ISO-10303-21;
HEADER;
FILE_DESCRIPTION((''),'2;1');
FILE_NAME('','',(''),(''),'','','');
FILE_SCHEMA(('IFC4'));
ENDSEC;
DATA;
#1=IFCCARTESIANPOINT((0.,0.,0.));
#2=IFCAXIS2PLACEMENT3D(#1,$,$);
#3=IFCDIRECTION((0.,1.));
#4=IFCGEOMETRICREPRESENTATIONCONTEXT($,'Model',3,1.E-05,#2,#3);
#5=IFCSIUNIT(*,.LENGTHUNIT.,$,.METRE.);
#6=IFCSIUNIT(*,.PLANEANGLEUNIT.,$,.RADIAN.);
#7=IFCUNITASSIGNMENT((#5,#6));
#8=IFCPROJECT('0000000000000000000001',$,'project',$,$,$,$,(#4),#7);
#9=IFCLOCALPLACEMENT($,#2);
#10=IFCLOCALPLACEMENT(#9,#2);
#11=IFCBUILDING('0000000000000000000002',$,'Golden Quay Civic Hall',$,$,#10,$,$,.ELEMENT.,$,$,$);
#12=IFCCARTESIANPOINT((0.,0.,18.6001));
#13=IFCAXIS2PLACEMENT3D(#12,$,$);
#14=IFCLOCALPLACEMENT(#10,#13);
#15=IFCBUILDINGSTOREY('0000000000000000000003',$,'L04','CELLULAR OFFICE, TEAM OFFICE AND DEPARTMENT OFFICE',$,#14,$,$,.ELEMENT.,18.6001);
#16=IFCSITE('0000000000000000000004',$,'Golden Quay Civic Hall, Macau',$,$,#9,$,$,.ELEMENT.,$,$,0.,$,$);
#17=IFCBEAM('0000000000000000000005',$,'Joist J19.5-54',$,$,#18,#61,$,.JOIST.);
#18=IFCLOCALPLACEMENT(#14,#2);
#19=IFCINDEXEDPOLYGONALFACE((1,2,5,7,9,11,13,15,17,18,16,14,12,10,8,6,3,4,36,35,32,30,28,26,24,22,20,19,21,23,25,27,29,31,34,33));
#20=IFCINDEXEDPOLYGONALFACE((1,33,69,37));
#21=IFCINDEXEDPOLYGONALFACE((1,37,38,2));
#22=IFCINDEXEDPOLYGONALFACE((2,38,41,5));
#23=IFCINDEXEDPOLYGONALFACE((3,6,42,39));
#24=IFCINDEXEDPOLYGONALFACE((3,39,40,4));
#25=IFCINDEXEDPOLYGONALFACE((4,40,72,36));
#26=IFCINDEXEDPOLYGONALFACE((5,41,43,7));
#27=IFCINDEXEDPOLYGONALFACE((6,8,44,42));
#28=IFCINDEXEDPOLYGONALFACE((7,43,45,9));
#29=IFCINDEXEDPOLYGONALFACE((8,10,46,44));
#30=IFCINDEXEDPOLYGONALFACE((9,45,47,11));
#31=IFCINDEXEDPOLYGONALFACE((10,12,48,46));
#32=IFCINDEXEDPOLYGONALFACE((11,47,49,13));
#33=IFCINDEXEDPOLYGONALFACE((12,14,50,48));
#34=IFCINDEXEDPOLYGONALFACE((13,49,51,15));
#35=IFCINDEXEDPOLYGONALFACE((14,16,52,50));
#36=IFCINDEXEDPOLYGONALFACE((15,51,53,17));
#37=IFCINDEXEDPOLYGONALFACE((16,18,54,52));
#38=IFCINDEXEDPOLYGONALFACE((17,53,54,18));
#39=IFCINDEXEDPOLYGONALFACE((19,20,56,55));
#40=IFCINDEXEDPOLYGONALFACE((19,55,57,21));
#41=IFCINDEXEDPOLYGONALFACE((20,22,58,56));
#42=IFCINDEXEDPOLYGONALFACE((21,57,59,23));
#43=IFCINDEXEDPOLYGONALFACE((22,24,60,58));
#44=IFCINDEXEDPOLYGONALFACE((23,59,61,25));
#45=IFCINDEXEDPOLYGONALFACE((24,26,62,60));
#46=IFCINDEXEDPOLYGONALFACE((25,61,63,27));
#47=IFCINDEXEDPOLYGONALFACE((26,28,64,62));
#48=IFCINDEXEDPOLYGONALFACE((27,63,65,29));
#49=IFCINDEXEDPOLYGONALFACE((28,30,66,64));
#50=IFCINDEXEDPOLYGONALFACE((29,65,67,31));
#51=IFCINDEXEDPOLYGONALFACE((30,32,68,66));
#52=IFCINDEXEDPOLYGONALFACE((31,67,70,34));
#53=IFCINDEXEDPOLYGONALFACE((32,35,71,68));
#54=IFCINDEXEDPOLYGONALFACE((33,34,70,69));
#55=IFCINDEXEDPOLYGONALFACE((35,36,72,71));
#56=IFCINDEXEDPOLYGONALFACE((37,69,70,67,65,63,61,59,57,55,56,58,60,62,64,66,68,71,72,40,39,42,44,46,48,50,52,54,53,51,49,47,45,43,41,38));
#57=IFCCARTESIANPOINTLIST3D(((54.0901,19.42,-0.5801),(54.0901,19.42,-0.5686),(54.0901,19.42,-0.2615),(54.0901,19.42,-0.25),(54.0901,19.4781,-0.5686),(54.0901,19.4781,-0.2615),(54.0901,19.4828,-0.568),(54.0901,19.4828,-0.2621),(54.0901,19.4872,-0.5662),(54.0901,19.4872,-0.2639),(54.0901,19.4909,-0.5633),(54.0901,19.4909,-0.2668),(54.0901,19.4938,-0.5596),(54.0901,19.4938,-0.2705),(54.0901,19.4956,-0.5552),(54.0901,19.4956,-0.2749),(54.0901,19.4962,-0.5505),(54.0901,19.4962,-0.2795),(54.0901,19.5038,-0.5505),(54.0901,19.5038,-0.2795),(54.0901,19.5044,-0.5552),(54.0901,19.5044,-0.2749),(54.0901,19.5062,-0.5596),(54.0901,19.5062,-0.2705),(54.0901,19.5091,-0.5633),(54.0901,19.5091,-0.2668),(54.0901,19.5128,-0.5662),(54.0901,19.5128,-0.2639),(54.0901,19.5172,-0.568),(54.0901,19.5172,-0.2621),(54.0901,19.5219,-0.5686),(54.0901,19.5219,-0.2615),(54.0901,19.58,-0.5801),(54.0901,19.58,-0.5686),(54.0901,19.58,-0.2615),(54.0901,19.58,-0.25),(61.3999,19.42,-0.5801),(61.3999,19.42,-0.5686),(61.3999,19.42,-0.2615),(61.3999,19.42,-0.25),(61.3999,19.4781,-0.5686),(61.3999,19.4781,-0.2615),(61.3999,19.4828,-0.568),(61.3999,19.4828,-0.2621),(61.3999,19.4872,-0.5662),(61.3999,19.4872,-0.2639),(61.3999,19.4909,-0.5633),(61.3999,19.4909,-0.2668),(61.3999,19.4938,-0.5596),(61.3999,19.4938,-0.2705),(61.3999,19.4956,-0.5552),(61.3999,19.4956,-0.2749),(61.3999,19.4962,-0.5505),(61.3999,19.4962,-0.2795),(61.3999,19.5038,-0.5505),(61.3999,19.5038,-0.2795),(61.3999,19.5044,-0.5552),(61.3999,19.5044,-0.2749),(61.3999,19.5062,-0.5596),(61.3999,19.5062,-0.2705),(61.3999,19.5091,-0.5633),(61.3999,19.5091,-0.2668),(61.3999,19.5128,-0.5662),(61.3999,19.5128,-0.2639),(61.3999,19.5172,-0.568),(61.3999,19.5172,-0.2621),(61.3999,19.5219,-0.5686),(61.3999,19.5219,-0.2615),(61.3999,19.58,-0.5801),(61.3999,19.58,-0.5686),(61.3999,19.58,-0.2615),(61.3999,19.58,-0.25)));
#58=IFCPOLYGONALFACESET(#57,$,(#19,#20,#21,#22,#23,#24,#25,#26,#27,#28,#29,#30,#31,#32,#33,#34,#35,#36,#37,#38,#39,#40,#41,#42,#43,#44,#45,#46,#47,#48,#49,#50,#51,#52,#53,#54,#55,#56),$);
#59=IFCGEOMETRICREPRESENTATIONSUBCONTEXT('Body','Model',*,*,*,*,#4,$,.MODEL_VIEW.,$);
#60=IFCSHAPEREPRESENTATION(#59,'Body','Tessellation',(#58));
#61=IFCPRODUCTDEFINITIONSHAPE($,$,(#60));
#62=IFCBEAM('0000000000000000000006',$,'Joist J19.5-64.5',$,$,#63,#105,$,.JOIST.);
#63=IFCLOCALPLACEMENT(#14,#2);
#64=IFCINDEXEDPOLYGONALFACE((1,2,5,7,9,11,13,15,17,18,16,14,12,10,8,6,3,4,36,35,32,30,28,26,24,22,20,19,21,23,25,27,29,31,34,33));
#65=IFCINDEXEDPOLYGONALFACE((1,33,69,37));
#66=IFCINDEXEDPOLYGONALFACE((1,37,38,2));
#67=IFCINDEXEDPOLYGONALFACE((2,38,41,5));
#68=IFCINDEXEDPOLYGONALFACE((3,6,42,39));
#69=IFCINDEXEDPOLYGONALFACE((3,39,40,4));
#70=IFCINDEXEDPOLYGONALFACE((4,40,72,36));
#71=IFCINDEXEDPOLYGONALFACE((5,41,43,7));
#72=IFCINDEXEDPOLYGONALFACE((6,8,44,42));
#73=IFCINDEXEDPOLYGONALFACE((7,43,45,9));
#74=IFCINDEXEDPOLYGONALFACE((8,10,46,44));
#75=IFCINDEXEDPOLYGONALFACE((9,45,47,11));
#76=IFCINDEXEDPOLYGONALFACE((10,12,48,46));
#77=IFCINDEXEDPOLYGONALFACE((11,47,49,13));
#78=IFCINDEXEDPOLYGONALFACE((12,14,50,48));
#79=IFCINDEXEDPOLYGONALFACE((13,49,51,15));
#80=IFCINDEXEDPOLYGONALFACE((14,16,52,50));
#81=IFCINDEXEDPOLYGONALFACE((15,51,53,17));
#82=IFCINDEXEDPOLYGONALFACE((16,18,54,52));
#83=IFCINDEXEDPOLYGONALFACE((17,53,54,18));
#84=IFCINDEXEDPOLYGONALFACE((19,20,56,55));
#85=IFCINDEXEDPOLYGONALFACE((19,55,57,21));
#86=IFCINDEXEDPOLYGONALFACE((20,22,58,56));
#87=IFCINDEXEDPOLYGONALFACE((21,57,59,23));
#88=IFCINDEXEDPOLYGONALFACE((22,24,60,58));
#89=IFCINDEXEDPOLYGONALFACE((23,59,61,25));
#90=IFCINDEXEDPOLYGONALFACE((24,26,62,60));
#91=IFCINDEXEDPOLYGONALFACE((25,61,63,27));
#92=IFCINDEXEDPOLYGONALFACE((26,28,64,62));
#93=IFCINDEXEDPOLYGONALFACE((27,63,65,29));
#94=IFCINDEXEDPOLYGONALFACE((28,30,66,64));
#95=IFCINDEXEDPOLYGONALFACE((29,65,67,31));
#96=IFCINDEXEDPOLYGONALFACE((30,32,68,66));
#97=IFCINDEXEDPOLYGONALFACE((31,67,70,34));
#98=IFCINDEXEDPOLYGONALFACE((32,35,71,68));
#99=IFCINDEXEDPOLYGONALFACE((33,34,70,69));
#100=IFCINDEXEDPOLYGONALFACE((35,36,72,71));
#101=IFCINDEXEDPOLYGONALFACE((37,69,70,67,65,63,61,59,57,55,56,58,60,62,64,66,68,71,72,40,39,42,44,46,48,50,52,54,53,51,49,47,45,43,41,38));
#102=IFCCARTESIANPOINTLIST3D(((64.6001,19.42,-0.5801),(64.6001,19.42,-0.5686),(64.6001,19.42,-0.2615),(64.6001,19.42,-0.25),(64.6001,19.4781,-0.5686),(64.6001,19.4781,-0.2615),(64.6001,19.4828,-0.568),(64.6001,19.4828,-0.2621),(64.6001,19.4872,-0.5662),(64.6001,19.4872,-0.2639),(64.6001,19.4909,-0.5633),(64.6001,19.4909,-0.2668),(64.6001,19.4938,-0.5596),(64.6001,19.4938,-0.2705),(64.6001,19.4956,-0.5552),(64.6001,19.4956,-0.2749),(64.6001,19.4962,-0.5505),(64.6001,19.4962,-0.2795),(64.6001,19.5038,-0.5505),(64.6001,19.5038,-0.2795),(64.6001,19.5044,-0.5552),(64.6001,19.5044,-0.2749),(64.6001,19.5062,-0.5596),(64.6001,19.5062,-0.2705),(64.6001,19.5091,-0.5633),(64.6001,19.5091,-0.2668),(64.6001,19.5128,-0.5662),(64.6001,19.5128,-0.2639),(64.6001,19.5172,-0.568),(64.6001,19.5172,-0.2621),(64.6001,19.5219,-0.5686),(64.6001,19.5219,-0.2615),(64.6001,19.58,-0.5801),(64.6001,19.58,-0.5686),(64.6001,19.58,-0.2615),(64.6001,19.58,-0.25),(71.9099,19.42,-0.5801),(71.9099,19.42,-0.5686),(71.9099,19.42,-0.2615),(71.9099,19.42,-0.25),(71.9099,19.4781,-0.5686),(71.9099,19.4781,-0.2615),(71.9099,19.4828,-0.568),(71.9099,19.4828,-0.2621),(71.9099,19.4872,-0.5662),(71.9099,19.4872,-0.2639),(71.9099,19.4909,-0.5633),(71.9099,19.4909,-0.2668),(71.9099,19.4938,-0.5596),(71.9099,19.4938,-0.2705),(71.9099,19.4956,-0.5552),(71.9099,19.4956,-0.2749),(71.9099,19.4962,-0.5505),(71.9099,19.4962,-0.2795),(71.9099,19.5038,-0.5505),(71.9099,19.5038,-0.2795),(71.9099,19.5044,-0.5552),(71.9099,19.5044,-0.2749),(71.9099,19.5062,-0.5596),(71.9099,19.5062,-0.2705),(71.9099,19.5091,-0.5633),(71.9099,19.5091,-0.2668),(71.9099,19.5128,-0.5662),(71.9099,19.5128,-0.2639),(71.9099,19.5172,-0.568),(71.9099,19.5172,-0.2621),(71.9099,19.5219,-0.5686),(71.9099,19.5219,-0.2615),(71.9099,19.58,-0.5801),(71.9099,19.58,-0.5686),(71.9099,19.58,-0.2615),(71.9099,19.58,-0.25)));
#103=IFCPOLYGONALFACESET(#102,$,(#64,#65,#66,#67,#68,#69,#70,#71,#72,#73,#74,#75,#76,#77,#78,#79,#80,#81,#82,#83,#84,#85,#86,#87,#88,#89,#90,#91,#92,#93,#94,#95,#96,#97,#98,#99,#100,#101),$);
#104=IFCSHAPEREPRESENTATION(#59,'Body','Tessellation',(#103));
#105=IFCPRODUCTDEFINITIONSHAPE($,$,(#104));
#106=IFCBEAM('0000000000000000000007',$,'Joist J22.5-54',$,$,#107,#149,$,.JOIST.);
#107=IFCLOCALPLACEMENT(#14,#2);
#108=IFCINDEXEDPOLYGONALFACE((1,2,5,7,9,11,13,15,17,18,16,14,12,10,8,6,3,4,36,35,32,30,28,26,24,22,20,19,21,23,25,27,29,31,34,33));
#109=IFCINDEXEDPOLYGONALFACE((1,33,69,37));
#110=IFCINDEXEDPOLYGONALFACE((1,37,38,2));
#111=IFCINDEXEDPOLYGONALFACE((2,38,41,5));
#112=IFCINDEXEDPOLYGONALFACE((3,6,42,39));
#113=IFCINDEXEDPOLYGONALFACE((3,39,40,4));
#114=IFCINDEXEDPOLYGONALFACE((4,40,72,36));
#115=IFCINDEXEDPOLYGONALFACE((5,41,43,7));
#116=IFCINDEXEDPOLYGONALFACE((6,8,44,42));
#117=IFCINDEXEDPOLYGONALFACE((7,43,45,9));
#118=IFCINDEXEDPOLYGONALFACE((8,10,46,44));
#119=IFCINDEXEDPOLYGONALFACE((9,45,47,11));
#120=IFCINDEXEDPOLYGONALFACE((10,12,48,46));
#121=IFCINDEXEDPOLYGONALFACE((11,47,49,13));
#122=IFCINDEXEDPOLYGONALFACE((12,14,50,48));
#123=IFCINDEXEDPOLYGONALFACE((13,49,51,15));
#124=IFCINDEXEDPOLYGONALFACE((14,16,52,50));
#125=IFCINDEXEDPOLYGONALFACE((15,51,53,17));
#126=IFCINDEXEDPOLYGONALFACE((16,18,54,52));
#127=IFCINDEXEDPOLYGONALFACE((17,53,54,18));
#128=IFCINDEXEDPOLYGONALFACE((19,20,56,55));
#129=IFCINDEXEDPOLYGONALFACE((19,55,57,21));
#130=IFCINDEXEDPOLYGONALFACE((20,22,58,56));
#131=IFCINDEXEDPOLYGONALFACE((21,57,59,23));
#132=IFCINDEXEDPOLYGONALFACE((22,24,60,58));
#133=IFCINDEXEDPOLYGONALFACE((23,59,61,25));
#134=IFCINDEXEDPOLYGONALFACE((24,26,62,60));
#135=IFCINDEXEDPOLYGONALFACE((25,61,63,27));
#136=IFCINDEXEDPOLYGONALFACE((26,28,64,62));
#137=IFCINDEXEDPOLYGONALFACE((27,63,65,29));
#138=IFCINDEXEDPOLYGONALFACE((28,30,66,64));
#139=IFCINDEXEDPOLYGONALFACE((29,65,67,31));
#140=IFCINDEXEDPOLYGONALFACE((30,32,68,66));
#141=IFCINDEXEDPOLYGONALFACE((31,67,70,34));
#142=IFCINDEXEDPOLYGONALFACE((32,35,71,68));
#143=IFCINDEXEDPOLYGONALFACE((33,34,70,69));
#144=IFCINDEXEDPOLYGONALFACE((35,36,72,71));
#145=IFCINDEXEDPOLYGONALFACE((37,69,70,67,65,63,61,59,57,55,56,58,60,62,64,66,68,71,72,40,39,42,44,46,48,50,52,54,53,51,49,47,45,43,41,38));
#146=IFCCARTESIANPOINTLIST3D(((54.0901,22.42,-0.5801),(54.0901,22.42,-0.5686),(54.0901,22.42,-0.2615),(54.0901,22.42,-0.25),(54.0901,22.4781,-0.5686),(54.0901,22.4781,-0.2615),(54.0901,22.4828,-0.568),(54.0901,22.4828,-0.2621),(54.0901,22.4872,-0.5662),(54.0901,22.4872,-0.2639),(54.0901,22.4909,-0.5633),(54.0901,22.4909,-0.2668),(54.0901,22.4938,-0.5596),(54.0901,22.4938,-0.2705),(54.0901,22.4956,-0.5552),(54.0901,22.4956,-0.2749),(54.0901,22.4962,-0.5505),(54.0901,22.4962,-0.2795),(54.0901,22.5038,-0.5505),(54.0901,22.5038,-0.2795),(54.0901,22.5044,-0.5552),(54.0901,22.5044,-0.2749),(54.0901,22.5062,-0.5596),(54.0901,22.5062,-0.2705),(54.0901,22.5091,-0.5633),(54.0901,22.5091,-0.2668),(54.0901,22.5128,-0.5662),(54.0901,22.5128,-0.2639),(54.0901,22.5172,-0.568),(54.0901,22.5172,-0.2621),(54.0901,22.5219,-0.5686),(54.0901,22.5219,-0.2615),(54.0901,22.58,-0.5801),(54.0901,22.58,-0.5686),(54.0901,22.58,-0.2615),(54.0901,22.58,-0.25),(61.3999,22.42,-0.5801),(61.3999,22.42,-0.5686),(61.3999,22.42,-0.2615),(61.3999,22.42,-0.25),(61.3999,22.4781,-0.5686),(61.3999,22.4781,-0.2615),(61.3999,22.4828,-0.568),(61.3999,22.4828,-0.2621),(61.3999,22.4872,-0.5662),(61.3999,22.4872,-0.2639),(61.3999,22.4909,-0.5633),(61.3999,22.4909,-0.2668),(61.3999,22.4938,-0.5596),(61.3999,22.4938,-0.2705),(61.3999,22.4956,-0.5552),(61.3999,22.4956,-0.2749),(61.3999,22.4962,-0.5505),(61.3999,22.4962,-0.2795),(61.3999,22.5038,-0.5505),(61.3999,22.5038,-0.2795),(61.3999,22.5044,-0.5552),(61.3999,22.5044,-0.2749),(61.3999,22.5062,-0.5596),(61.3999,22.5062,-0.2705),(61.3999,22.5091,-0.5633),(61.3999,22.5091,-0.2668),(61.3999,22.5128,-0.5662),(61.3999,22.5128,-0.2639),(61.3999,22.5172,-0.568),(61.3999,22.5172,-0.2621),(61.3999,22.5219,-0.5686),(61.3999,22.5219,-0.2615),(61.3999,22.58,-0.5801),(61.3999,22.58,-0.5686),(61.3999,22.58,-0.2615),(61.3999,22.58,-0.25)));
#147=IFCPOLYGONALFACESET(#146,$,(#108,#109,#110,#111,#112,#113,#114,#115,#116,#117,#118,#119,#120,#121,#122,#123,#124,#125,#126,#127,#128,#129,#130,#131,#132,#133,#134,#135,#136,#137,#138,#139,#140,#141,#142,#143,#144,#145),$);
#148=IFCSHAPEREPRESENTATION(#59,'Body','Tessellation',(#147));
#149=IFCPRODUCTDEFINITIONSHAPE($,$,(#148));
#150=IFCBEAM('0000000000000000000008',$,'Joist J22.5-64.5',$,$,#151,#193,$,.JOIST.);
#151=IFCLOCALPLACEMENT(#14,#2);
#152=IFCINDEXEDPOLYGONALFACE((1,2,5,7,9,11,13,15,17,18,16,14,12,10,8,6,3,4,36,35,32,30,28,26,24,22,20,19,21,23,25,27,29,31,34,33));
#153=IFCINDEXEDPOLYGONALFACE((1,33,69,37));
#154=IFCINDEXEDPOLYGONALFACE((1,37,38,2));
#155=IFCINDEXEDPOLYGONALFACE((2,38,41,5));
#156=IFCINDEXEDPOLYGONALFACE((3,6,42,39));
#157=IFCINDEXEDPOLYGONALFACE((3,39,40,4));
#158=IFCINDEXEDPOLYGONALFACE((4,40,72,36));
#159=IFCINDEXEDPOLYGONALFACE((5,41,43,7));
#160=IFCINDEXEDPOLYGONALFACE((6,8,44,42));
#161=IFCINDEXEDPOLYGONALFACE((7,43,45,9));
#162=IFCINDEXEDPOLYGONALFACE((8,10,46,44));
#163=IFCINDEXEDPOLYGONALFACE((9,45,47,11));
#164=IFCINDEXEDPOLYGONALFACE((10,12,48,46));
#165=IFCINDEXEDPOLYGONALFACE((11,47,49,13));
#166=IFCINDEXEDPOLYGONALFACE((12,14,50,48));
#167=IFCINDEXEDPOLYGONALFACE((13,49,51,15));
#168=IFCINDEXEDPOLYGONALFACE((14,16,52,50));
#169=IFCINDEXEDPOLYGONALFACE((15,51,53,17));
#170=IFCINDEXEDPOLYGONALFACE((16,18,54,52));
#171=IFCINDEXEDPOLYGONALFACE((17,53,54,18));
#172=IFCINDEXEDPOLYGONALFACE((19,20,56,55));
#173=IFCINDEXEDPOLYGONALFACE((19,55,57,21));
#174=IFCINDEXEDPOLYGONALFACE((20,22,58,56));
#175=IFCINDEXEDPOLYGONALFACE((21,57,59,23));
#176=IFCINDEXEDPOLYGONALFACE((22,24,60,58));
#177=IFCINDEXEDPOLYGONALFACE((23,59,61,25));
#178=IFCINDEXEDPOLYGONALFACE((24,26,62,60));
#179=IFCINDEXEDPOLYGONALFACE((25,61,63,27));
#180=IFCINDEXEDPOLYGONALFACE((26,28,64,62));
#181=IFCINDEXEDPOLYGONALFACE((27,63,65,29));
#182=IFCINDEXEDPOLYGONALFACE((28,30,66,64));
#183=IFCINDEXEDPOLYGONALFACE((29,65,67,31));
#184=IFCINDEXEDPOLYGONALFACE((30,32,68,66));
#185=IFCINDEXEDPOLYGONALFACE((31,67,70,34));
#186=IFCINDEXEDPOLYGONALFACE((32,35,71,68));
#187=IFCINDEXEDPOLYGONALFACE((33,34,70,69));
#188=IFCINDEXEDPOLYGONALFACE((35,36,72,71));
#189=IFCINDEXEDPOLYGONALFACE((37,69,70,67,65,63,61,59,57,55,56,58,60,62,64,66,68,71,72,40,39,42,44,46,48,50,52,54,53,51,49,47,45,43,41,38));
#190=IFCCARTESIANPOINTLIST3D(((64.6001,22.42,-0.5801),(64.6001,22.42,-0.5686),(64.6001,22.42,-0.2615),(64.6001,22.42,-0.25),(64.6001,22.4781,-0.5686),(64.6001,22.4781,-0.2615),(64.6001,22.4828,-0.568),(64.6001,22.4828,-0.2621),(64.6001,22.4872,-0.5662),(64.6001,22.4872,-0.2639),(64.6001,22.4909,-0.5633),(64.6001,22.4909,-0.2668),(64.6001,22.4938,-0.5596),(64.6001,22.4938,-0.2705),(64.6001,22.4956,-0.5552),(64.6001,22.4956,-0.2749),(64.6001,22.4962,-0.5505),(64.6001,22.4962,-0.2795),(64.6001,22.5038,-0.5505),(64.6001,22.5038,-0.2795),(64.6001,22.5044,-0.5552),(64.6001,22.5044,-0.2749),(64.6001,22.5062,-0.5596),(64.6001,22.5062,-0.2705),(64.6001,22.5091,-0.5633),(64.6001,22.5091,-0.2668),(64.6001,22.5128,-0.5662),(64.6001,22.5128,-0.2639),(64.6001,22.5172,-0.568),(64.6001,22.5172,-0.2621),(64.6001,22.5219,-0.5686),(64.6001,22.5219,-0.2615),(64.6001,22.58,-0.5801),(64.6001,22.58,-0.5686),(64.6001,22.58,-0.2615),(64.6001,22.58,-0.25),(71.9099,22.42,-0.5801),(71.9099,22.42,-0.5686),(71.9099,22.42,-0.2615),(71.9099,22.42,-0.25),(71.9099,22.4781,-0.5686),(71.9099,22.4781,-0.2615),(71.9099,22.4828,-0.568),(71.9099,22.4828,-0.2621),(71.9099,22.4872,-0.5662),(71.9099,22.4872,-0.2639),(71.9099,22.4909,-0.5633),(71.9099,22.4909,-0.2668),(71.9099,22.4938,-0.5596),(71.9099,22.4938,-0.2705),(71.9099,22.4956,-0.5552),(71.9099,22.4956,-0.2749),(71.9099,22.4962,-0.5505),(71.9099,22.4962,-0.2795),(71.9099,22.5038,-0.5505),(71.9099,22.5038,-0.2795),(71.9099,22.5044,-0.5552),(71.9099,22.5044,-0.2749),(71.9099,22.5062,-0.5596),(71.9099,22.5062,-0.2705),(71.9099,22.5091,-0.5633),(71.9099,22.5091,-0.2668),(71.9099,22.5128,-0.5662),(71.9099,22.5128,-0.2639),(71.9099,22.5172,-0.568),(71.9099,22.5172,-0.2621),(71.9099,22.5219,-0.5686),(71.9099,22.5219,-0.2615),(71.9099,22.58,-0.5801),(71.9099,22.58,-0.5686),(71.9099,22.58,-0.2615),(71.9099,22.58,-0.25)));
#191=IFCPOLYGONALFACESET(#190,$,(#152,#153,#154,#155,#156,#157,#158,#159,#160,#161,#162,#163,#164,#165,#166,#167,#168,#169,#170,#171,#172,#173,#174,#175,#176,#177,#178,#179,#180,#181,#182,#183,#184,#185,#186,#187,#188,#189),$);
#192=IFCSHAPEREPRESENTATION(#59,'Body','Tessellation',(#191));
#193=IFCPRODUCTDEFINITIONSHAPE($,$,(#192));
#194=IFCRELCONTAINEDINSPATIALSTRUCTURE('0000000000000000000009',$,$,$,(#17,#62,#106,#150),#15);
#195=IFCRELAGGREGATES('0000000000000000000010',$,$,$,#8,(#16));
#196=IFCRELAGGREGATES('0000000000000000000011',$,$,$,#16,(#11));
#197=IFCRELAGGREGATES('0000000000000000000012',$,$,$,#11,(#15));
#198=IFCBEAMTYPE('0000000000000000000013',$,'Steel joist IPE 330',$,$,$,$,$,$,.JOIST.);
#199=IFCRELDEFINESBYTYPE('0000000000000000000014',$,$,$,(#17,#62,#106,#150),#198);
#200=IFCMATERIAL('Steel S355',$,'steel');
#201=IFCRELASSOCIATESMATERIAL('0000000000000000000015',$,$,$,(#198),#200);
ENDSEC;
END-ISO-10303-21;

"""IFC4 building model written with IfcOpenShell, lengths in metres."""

from ifc_helpers import new_model, si_unit, direction, frame, origin, origin_2d, place, context, subcontext, project, spatial, i_section, extrude, material, material_profile, profile_set, type_object, element, save


model = new_model("IFC4")

# Units and contexts
model_context = context("Model", 3, precision=1e-05, world=origin(), true_north=direction((0.0, 1.0)))
body_context = subcontext(model_context, "Body", "Model", "MODEL_VIEW")
ifc_project = project(units=[si_unit("LENGTHUNIT", "METRE"), si_unit("PLANEANGLEUNIT", "RADIAN")], contexts=[model_context])

# Site, building, storey
site_placement = place(None, origin())
site = spatial("IfcSite", under=ifc_project, at=site_placement, Name="Golden Quay Civic Hall, Macau", CompositionType="ELEMENT", RefElevation=0.0)
building_placement = place(site_placement, origin())
building = spatial("IfcBuilding", under=site, at=building_placement, Name="Golden Quay Civic Hall", CompositionType="ELEMENT")
storey_placement = place(building_placement, frame((0.0, 0.0, 18.6001)))
storey = spatial("IfcBuildingStorey", under=building, at=storey_placement, Name="L04", Description="CELLULAR OFFICE, TEAM OFFICE AND DEPARTMENT OFFICE", CompositionType="ELEMENT", Elevation=18.6001)

# Beams
ifc_material_1 = material(Name="Steel S355", Category="steel")
ifc_material_profile_1 = material_profile(ifc_material_1, i_section(OverallWidth=0.1599, OverallDepth=0.3301, WebThickness=0.0076, FlangeThickness=0.0115, FilletRadius=0.0181, at=origin_2d()), Name="IPE 330")
ifc_profile_set_1 = profile_set([ifc_material_profile_1], Name="Steel S355")
beam_type_1 = type_object("IfcBeamType", Name="Steel joist IPE 330", PredefinedType="JOIST", material=ifc_profile_set_1)
for number, where, z_axis, x_axis, name in (
    (1, (54.0901, 19.5, -0.415), (1.0, 0.0, 0.0), (0.0, 1.0, 0.0), "Joist J19.5-54"),
    (2, (64.6001, 19.5, -0.415), (1.0, 0.0, 0.0), (0.0, 1.0, 0.0), "Joist J19.5-64.5"),
    (3, (54.0901, 22.5, -0.415), (1.0, 0.0, 0.0), (0.0, 1.0, 0.0), "Joist J22.5-54"),
    (4, (64.6001, 22.5, -0.415), (1.0, 0.0, 0.0), (0.0, 1.0, 0.0), "Joist J22.5-64.5"),
):
    element("IfcBeam", number, at=place(storey_placement, frame(where, z_axis=z_axis, x_axis=x_axis)), inside=storey, type_object=beam_type_1, Name=name, PredefinedType="JOIST", context=body_context, shape_type="SweptSolid", body=[
        extrude(i_section(OverallWidth=0.1599, OverallDepth=0.3301, WebThickness=0.0076, FlangeThickness=0.0115, FilletRadius=0.0181, at=origin_2d()), origin(), (0.0, 0.0, 1.0), 7.3098),
    ])

save(model, "model.ifc")
